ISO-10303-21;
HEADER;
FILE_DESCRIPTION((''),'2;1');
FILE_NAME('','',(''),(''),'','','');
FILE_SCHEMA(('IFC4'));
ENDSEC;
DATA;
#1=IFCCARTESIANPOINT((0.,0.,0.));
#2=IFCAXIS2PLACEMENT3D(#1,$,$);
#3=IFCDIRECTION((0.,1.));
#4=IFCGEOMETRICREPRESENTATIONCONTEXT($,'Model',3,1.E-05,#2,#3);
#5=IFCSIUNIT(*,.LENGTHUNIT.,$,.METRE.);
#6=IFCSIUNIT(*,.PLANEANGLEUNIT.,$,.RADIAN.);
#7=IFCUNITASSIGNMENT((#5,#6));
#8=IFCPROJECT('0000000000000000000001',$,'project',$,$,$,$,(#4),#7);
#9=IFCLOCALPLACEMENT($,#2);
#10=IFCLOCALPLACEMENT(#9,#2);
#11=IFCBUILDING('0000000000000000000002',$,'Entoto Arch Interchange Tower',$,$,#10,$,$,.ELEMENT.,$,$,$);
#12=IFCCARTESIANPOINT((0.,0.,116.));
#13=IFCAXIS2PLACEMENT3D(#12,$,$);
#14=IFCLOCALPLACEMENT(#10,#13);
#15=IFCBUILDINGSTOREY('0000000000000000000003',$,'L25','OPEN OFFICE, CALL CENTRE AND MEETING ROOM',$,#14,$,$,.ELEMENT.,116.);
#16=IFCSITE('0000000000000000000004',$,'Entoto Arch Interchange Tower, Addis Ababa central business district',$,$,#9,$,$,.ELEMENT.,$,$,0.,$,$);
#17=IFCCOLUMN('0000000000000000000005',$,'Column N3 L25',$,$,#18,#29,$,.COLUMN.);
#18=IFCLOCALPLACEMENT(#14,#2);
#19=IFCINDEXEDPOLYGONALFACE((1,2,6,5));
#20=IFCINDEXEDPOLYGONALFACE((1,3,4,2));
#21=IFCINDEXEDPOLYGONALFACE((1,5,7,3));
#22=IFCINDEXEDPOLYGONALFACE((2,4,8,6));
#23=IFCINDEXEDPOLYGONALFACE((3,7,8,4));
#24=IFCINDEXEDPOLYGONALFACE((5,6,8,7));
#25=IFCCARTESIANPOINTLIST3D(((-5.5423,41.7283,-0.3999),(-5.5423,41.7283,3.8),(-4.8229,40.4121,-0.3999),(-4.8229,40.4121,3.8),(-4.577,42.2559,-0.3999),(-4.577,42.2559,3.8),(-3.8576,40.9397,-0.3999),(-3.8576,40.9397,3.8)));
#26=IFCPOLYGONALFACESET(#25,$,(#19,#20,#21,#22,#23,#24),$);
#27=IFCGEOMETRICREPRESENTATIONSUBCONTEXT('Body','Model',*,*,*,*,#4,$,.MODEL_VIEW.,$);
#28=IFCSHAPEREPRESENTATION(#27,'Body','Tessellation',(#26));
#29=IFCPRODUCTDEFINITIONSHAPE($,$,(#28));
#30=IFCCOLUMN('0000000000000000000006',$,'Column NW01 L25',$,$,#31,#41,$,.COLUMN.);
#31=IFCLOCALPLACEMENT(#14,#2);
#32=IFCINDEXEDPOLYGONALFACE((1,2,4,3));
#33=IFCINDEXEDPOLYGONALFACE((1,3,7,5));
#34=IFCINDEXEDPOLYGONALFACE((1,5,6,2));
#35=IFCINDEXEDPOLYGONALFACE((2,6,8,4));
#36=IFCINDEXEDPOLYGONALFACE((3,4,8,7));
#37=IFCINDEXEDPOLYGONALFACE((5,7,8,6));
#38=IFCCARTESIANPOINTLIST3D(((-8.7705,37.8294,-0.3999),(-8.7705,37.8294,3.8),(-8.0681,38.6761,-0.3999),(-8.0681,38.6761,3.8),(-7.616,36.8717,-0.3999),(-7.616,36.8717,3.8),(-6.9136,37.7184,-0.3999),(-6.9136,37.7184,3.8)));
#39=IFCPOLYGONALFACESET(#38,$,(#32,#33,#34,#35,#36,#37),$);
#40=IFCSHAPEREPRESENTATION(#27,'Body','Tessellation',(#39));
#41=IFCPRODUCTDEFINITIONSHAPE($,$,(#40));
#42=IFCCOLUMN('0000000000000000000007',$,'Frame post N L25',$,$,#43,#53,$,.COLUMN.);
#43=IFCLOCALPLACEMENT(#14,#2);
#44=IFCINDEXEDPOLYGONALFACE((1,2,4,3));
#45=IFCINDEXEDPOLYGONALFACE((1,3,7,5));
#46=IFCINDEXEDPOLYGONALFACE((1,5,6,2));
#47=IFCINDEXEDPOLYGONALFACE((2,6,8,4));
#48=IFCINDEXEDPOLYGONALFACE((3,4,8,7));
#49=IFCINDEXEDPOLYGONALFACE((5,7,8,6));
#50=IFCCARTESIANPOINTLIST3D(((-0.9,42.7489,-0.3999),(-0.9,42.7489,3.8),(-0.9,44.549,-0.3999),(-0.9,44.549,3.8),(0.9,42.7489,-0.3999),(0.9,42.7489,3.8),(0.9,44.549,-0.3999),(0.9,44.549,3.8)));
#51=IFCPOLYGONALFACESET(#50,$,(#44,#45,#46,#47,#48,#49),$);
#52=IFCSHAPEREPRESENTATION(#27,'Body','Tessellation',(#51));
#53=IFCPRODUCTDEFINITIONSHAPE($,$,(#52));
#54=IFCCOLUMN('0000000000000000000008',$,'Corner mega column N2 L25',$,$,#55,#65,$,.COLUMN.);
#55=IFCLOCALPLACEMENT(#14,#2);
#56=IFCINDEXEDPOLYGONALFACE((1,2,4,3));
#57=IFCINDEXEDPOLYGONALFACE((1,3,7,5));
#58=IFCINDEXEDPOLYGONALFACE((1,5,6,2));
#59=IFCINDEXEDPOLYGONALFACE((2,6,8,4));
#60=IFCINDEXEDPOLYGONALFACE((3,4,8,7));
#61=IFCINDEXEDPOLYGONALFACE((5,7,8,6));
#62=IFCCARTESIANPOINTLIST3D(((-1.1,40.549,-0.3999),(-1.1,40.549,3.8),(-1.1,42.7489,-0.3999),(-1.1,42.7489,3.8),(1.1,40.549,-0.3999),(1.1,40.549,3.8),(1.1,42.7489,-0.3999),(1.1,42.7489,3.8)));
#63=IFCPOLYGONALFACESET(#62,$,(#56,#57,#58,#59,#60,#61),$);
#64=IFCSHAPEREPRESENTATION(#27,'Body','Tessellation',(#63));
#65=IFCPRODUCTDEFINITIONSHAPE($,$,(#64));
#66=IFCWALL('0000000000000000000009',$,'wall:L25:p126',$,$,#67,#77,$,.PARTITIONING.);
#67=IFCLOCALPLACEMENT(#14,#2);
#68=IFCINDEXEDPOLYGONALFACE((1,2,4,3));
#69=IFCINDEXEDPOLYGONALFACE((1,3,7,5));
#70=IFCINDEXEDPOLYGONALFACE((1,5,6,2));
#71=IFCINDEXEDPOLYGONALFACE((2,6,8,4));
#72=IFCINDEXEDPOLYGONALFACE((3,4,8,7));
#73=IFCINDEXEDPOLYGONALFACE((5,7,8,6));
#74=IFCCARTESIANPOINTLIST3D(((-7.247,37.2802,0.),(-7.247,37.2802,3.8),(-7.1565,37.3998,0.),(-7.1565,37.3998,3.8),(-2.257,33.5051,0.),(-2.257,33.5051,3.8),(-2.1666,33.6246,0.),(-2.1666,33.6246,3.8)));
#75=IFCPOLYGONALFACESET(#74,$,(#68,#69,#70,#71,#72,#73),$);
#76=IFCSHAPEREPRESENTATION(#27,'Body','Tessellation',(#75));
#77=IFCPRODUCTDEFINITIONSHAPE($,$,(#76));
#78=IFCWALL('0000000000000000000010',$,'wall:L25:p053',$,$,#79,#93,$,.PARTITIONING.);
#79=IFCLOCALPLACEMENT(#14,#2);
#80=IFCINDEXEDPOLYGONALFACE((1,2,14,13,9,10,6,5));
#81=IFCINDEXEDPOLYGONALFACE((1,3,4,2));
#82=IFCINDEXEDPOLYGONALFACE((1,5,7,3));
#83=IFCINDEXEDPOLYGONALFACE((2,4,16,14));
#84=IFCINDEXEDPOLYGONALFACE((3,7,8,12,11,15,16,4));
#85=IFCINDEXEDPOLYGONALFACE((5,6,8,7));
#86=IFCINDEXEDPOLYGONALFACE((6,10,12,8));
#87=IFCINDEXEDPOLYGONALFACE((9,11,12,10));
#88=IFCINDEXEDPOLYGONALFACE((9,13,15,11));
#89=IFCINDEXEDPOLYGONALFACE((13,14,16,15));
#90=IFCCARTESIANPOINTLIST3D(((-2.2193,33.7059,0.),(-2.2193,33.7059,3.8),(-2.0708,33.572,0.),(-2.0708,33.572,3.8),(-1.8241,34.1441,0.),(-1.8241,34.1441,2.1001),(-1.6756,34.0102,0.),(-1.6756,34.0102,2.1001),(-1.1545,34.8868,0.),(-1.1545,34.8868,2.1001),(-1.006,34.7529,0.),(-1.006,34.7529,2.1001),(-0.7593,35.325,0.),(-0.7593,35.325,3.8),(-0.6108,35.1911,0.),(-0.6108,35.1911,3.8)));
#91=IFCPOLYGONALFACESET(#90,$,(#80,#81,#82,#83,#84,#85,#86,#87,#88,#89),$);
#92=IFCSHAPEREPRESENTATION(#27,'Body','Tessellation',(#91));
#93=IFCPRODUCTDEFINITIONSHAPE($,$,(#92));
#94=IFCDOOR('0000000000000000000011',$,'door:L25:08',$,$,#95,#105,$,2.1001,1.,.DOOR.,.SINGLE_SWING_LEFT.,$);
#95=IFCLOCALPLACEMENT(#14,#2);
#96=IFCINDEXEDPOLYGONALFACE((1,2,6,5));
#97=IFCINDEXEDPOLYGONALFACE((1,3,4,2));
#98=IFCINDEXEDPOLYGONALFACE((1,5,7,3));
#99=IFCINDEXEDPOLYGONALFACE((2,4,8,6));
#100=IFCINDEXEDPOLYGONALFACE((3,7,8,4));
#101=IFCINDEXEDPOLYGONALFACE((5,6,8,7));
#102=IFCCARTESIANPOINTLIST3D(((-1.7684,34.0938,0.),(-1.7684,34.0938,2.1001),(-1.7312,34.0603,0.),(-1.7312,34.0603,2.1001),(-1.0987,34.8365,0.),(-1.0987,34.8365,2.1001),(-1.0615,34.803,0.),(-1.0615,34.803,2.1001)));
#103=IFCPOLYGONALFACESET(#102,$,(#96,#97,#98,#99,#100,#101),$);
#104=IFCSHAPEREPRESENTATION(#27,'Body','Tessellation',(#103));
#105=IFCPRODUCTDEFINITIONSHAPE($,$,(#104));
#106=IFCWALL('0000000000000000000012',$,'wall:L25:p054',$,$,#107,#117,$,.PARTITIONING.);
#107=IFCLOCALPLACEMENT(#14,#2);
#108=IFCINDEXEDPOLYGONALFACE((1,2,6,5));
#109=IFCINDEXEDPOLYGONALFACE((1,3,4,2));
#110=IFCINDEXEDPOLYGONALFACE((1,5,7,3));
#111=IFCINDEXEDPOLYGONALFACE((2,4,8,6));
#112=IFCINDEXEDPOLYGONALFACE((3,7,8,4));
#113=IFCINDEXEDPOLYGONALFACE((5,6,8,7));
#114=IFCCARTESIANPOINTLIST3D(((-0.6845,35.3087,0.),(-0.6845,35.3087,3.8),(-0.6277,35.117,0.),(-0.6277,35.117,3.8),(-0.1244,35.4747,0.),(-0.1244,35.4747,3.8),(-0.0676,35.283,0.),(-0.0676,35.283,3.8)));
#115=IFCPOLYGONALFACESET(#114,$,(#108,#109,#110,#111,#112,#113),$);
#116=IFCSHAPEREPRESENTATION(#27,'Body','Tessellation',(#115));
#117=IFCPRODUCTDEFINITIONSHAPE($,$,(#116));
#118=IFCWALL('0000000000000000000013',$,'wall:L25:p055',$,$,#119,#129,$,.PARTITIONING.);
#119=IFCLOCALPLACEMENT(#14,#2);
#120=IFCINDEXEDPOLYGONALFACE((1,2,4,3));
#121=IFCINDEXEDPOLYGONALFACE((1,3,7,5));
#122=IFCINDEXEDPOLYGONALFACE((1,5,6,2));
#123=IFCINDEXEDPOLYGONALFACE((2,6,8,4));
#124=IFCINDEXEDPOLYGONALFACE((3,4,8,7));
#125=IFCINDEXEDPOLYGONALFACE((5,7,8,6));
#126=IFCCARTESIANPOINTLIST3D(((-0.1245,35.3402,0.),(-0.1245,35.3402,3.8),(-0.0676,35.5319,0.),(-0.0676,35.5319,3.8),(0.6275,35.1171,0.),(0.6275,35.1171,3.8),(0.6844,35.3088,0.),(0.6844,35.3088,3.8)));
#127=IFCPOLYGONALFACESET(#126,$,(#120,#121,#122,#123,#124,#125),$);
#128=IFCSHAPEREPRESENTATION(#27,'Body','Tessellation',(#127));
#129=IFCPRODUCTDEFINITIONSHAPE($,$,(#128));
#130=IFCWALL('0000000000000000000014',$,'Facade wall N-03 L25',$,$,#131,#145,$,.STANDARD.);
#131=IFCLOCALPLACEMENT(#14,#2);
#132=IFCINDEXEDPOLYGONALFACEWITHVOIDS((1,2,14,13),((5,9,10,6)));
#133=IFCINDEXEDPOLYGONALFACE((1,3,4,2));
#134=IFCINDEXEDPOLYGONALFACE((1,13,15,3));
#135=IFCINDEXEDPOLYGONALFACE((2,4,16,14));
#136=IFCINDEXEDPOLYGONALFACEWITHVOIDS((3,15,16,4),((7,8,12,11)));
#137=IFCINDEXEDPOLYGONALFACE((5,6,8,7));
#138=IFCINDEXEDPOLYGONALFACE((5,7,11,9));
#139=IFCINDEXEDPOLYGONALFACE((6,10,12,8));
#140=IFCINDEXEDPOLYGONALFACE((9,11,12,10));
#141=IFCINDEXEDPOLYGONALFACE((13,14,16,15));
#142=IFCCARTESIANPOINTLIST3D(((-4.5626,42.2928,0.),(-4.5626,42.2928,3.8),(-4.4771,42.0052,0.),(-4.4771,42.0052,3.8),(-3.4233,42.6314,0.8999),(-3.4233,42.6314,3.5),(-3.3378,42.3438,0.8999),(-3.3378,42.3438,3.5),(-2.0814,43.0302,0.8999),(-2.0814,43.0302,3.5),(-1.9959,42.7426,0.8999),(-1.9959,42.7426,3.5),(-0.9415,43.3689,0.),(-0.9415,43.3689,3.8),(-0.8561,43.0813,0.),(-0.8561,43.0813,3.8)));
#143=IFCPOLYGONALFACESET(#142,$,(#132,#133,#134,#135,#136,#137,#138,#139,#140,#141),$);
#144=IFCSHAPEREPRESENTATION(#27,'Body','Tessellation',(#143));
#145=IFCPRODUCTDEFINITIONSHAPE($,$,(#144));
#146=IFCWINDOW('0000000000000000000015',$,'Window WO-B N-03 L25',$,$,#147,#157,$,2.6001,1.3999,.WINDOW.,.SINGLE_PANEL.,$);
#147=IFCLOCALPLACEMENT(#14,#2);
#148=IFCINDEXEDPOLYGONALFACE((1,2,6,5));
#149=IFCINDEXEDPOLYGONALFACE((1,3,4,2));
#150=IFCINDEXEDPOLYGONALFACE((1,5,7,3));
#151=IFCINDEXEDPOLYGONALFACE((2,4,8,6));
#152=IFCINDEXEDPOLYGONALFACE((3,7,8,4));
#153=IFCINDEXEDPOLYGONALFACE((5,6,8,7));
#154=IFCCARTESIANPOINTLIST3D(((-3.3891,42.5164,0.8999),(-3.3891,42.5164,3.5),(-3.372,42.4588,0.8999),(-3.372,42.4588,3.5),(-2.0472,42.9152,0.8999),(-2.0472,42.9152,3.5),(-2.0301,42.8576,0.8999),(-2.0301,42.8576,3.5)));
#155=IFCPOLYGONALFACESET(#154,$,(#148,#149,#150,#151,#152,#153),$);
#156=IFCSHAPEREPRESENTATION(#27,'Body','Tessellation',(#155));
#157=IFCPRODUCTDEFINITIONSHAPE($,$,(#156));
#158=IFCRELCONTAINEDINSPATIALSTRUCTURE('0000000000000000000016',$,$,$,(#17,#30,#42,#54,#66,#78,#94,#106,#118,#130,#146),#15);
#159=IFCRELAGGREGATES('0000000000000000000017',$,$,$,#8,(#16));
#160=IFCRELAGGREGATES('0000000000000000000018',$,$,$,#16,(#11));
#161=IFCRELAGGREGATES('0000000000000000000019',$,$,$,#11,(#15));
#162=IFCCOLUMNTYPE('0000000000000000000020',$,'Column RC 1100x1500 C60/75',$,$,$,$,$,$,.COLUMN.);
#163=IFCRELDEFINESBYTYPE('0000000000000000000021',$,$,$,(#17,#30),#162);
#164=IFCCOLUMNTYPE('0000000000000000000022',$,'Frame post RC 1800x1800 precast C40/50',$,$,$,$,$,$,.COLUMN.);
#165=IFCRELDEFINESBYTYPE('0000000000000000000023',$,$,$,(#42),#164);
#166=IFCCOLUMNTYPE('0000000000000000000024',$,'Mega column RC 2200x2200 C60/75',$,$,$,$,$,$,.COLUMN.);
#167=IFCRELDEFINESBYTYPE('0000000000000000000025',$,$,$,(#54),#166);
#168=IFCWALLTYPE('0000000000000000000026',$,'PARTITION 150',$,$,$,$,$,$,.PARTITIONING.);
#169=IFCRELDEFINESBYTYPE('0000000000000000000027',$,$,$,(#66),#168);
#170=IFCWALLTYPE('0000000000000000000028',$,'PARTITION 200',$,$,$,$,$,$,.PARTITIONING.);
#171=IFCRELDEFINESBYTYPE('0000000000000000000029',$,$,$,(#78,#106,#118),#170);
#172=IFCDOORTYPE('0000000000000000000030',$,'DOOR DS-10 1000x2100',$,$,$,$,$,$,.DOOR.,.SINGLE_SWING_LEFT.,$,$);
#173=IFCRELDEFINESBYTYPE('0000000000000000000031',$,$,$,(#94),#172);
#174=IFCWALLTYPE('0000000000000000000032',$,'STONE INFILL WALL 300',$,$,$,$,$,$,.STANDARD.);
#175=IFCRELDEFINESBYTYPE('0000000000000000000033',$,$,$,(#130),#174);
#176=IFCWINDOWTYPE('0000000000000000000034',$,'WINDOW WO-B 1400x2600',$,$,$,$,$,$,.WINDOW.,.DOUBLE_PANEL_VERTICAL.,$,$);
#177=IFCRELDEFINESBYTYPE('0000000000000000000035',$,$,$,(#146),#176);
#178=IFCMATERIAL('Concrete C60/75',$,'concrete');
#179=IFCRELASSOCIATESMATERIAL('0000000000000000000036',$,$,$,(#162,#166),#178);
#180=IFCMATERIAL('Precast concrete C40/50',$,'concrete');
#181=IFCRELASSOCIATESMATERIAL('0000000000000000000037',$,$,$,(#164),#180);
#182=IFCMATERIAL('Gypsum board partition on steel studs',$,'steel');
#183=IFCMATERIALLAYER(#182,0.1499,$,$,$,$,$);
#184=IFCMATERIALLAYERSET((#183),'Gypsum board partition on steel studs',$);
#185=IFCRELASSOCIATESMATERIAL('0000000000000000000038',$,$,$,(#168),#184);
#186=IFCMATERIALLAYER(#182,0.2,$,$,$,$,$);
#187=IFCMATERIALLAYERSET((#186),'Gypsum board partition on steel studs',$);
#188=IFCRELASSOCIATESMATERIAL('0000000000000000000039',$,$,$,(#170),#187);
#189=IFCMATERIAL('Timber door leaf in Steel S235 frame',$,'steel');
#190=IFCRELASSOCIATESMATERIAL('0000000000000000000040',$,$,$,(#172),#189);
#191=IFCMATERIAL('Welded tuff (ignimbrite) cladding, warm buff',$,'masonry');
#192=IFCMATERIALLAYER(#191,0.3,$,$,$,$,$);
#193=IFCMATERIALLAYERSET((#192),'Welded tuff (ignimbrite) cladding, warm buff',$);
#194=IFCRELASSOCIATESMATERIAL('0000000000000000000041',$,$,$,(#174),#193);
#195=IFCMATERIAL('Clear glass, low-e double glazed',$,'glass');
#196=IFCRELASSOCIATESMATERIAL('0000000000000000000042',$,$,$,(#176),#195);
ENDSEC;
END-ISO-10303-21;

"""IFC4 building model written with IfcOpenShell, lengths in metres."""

from ifc_helpers import new_model, si_unit, direction, frame, frame_2d, origin, origin_2d, place, context, subcontext, project, spatial, rectangle, extrude, material, layer, layer_set, material_profile, profile_set, type_object, element, fill, save


model = new_model("IFC4")

# Units and contexts
model_context = context("Model", 3, precision=1e-05, world=origin(), true_north=direction((0.0, 1.0)))
body_context = subcontext(model_context, "Body", "Model", "MODEL_VIEW")
ifc_project = project(units=[si_unit("LENGTHUNIT", "METRE"), si_unit("PLANEANGLEUNIT", "RADIAN")], contexts=[model_context])

# Site, building, storey
site_placement = place(None, origin())
site = spatial("IfcSite", under=ifc_project, at=site_placement, Name="Entoto Arch Interchange Tower, Addis Ababa central business district", CompositionType="ELEMENT", RefElevation=0.0)
building_placement = place(site_placement, origin())
building = spatial("IfcBuilding", under=site, at=building_placement, Name="Entoto Arch Interchange Tower", CompositionType="ELEMENT")
storey_placement = place(building_placement, frame((0.0, 0.0, 116.0)))
storey = spatial("IfcBuildingStorey", under=building, at=storey_placement, Name="L25", Description="OPEN OFFICE, CALL CENTRE AND MEETING ROOM", CompositionType="ELEMENT", Elevation=116.0)

# Columns
ifc_material_1 = material(Name="Concrete C60/75", Category="concrete")
ifc_material_profile_1 = material_profile(ifc_material_1, rectangle(XDim=1.1001, YDim=1.5, at=origin_2d()))
ifc_profile_set_1 = profile_set([ifc_material_profile_1], Name="Concrete C60/75")
column_type_1 = type_object("IfcColumnType", Name="Column RC 1100x1500 C60/75", PredefinedType="COLUMN", material=ifc_profile_set_1)
for number, where, z_axis, x_axis, name in (
    (1, (-4.7, 41.334, -0.3999), (0.0, 0.0, 1.0), (0.877481, 0.479611, 0.0), "Column N3 L25"),
    (2, (-7.842, 37.7739, -0.3999), (0.0, 0.0, 1.0), (0.638459, 0.769656, 0.0), "Column NW01 L25"),
):
    element("IfcColumn", number, at=place(storey_placement, frame(where, z_axis=z_axis, x_axis=x_axis)), inside=storey, type_object=column_type_1, Name=name, PredefinedType="COLUMN", context=body_context, shape_type="SweptSolid", body=[
        extrude(rectangle(XDim=1.1001, YDim=1.5, at=origin_2d()), origin(), (0.0, 0.0, 1.0), 4.2),
    ])
ifc_material_2 = material(Name="Precast concrete C40/50", Category="concrete")
ifc_material_profile_2 = material_profile(ifc_material_2, rectangle(XDim=1.8, YDim=1.8, at=origin_2d()))
ifc_profile_set_2 = profile_set([ifc_material_profile_2], Name="Precast concrete C40/50")
column_type_2 = type_object("IfcColumnType", Name="Frame post RC 1800x1800 precast C40/50", PredefinedType="COLUMN", material=ifc_profile_set_2)
column_1_placement = place(storey_placement, frame((0.0, 43.6489, -0.3999), z_axis=(0.0, 0.0, 1.0), x_axis=(0.0, 1.0, 0.0)))
element("IfcColumn", 3, at=column_1_placement, inside=storey, type_object=column_type_2, Name="Frame post N L25", PredefinedType="COLUMN", context=body_context, shape_type="SweptSolid", body=[
    extrude(rectangle(XDim=1.8, YDim=1.8, at=origin_2d()), origin(), (0.0, 0.0, 1.0), 4.2),
])
ifc_material_profile_3 = material_profile(ifc_material_1, rectangle(XDim=2.2, YDim=2.2, at=origin_2d()))
ifc_profile_set_3 = profile_set([ifc_material_profile_3], Name="Concrete C60/75")
column_type_3 = type_object("IfcColumnType", Name="Mega column RC 2200x2200 C60/75", PredefinedType="COLUMN", material=ifc_profile_set_3)
column_2_placement = place(storey_placement, frame((0.0, 41.6489, -0.3999), z_axis=(0.0, 0.0, 1.0), x_axis=(0.0, 1.0, 0.0)))
element("IfcColumn", 4, at=column_2_placement, inside=storey, type_object=column_type_3, Name="Corner mega column N2 L25", PredefinedType="COLUMN", context=body_context, shape_type="SweptSolid", body=[
    extrude(rectangle(XDim=2.2, YDim=2.2, at=origin_2d()), origin(), (0.0, 0.0, 1.0), 4.2),
])

# Wall
ifc_material_3 = material(Name="Gypsum board partition on steel studs", Category="steel")
ifc_layer_1 = layer(ifc_material_3, 0.1499)
ifc_layer_set_1 = layer_set([ifc_layer_1], Name="Gypsum board partition on steel studs")
wall_type_1 = type_object("IfcWallType", Name="PARTITION 150", PredefinedType="PARTITIONING", material=ifc_layer_set_1)
wall_1_placement = place(storey_placement, frame((-2.2119, 33.5649, 0.0), z_axis=(0.0, 0.0, 1.0), x_axis=(-0.797488, 0.603335, 0.0)))
element("IfcWall", 5, at=wall_1_placement, inside=storey, type_object=wall_type_1, Name="wall:L25:p126", PredefinedType="PARTITIONING", context=body_context, shape_type="SweptSolid", body=[
    extrude(rectangle(XDim=6.2571, YDim=0.1499, at=frame_2d((3.1284, 0.0))), origin(), (0.0, 0.0, 1.0), 3.8),
])

# Wall, opening, door
ifc_layer_2 = layer(ifc_material_3, 0.2)
ifc_layer_set_2 = layer_set([ifc_layer_2], Name="Gypsum board partition on steel studs")
wall_type_2 = type_object("IfcWallType", Name="PARTITION 200", PredefinedType="PARTITIONING", material=ifc_layer_set_2)
wall_2_placement = place(storey_placement, frame((-2.145, 33.6389, 0.0), z_axis=(0.0, 0.0, 1.0), x_axis=(0.669657, 0.74267, 0.0)))
wall_2 = element("IfcWall", 6, at=wall_2_placement, inside=storey, type_object=wall_type_2, Name="wall:L25:p053", PredefinedType="PARTITIONING", context=body_context, shape_type="SweptSolid", body=[
    extrude(rectangle(XDim=2.1802, YDim=0.2, at=frame_2d((1.0901, 0.0))), origin(), (0.0, 0.0, 1.0), 3.8),
])
opening_1_placement = place(wall_2_placement, frame((0.5901, 0.0, 0.0)))
opening_1 = element("IfcOpeningElement", 7, at=opening_1_placement, cuts=wall_2, PredefinedType="OPENING", context=body_context, shape_type="SweptSolid", body=[
    extrude(rectangle(XDim=1.0, YDim=2.1001, at=frame_2d((0.5, 1.05))), frame((0.0, 0.1099, 0.0), z_axis=(0.0, -1.0, 0.0), x_axis=(1.0, 0.0, 0.0)), (0.0, 0.0, 1.0), 0.22),
])
ifc_material_4 = material(Name="Timber door leaf in Steel S235 frame", Category="steel")
door_type = type_object("IfcDoorType", Name="DOOR DS-10 1000x2100", OperationType="SINGLE_SWING_LEFT", PredefinedType="DOOR", material=ifc_material_4)
door_placement = place(opening_1_placement, origin())
door = element("IfcDoor", 8, at=door_placement, inside=storey, type_object=door_type, Name="door:L25:08", OperationType="SINGLE_SWING_LEFT", OverallHeight=2.1001, OverallWidth=1.0, PredefinedType="DOOR", context=body_context, shape_type="SweptSolid", body=[
    extrude(rectangle(XDim=1.0, YDim=2.1001, at=frame_2d((0.5, 1.05))), frame((0.0, 0.0249, 0.0), z_axis=(0.0, -1.0, 0.0), x_axis=(1.0, 0.0, 0.0)), (0.0, 0.0, 1.0), 0.05),
])
fill(opening_1, door)

# Walls
wall_3_placement = place(storey_placement, frame((-0.656, 35.2129, 0.0), z_axis=(0.0, 0.0, 1.0), x_axis=(0.958764, 0.284202, 0.0)))
element("IfcWall", 9, at=wall_3_placement, inside=storey, type_object=wall_type_2, Name="wall:L25:p054", PredefinedType="PARTITIONING", context=body_context, shape_type="SweptSolid", body=[
    extrude(rectangle(XDim=0.5842, YDim=0.2, at=frame_2d((0.292, 0.0))), origin(), (0.0, 0.0, 1.0), 3.8),
])
wall_4_placement = place(storey_placement, frame((-0.0959, 35.436, 0.0), z_axis=(0.0, 0.0, 1.0), x_axis=(0.958679, -0.284491, 0.0)))
element("IfcWall", 10, at=wall_4_placement, inside=storey, type_object=wall_type_2, Name="wall:L25:p055", PredefinedType="PARTITIONING", context=body_context, shape_type="SweptSolid", body=[
    extrude(rectangle(XDim=0.7844, YDim=0.2, at=frame_2d((0.3921, 0.0))), origin(), (0.0, 0.0, 1.0), 3.8),
])

# Wall, opening, window
ifc_material_5 = material(Name="Welded tuff (ignimbrite) cladding, warm buff", Category="masonry")
ifc_layer_3 = layer(ifc_material_5, 0.3)
ifc_layer_set_3 = layer_set([ifc_layer_3], Name="Welded tuff (ignimbrite) cladding, warm buff")
wall_type_3 = type_object("IfcWallType", Name="STONE INFILL WALL 300", PredefinedType="STANDARD", material=ifc_layer_set_3)
wall_5_placement = place(storey_placement, frame((-0.8989, 43.2251, 0.0), z_axis=(0.0, 0.0, 1.0), x_axis=(-0.958563, -0.28488, 0.0)))
wall_5 = element("IfcWall", 11, at=wall_5_placement, inside=storey, type_object=wall_type_3, Name="Facade wall N-03 L25", PredefinedType="STANDARD", context=body_context, shape_type="SweptSolid", body=[
    extrude(rectangle(XDim=3.7776, YDim=0.3, at=frame_2d((1.8887, 0.0))), origin(), (0.0, 0.0, 1.0), 3.8),
])
opening_2_placement = place(wall_5_placement, frame((1.189, 0.0, 0.8999)))
opening_2 = element("IfcOpeningElement", 12, at=opening_2_placement, cuts=wall_5, PredefinedType="OPENING", context=body_context, shape_type="SweptSolid", body=[
    extrude(rectangle(XDim=1.3999, YDim=2.6001, at=frame_2d((0.7, 1.3))), frame((0.0, 0.1602, 0.0), z_axis=(0.0, -1.0, 0.0), x_axis=(1.0, 0.0, 0.0)), (0.0, 0.0, 1.0), 0.3201),
])
ifc_material_6 = material(Name="Clear glass, low-e double glazed", Category="glass")
window_type_1 = type_object("IfcWindowType", Name="WINDOW WO-B 1400x2600", PartitioningType="DOUBLE_PANEL_VERTICAL", PredefinedType="WINDOW", material=ifc_material_6)
window_1_placement = place(opening_2_placement, origin())
window_1 = element("IfcWindow", 13, at=window_1_placement, inside=storey, type_object=window_type_1, Name="Window WO-B N-03 L25", OverallHeight=2.6001, OverallWidth=1.3999, PartitioningType="SINGLE_PANEL", PredefinedType="WINDOW", context=body_context, shape_type="SweptSolid", body=[
    extrude(rectangle(XDim=1.3999, YDim=2.6001, at=frame_2d((0.7, 1.3))), frame((0.0, 0.03, 0.0), z_axis=(0.0, -1.0, 0.0), x_axis=(1.0, 0.0, 0.0)), (0.0, 0.0, 1.0), 0.0601),
])
fill(opening_2, window_1)

save(model, "model.ifc")
